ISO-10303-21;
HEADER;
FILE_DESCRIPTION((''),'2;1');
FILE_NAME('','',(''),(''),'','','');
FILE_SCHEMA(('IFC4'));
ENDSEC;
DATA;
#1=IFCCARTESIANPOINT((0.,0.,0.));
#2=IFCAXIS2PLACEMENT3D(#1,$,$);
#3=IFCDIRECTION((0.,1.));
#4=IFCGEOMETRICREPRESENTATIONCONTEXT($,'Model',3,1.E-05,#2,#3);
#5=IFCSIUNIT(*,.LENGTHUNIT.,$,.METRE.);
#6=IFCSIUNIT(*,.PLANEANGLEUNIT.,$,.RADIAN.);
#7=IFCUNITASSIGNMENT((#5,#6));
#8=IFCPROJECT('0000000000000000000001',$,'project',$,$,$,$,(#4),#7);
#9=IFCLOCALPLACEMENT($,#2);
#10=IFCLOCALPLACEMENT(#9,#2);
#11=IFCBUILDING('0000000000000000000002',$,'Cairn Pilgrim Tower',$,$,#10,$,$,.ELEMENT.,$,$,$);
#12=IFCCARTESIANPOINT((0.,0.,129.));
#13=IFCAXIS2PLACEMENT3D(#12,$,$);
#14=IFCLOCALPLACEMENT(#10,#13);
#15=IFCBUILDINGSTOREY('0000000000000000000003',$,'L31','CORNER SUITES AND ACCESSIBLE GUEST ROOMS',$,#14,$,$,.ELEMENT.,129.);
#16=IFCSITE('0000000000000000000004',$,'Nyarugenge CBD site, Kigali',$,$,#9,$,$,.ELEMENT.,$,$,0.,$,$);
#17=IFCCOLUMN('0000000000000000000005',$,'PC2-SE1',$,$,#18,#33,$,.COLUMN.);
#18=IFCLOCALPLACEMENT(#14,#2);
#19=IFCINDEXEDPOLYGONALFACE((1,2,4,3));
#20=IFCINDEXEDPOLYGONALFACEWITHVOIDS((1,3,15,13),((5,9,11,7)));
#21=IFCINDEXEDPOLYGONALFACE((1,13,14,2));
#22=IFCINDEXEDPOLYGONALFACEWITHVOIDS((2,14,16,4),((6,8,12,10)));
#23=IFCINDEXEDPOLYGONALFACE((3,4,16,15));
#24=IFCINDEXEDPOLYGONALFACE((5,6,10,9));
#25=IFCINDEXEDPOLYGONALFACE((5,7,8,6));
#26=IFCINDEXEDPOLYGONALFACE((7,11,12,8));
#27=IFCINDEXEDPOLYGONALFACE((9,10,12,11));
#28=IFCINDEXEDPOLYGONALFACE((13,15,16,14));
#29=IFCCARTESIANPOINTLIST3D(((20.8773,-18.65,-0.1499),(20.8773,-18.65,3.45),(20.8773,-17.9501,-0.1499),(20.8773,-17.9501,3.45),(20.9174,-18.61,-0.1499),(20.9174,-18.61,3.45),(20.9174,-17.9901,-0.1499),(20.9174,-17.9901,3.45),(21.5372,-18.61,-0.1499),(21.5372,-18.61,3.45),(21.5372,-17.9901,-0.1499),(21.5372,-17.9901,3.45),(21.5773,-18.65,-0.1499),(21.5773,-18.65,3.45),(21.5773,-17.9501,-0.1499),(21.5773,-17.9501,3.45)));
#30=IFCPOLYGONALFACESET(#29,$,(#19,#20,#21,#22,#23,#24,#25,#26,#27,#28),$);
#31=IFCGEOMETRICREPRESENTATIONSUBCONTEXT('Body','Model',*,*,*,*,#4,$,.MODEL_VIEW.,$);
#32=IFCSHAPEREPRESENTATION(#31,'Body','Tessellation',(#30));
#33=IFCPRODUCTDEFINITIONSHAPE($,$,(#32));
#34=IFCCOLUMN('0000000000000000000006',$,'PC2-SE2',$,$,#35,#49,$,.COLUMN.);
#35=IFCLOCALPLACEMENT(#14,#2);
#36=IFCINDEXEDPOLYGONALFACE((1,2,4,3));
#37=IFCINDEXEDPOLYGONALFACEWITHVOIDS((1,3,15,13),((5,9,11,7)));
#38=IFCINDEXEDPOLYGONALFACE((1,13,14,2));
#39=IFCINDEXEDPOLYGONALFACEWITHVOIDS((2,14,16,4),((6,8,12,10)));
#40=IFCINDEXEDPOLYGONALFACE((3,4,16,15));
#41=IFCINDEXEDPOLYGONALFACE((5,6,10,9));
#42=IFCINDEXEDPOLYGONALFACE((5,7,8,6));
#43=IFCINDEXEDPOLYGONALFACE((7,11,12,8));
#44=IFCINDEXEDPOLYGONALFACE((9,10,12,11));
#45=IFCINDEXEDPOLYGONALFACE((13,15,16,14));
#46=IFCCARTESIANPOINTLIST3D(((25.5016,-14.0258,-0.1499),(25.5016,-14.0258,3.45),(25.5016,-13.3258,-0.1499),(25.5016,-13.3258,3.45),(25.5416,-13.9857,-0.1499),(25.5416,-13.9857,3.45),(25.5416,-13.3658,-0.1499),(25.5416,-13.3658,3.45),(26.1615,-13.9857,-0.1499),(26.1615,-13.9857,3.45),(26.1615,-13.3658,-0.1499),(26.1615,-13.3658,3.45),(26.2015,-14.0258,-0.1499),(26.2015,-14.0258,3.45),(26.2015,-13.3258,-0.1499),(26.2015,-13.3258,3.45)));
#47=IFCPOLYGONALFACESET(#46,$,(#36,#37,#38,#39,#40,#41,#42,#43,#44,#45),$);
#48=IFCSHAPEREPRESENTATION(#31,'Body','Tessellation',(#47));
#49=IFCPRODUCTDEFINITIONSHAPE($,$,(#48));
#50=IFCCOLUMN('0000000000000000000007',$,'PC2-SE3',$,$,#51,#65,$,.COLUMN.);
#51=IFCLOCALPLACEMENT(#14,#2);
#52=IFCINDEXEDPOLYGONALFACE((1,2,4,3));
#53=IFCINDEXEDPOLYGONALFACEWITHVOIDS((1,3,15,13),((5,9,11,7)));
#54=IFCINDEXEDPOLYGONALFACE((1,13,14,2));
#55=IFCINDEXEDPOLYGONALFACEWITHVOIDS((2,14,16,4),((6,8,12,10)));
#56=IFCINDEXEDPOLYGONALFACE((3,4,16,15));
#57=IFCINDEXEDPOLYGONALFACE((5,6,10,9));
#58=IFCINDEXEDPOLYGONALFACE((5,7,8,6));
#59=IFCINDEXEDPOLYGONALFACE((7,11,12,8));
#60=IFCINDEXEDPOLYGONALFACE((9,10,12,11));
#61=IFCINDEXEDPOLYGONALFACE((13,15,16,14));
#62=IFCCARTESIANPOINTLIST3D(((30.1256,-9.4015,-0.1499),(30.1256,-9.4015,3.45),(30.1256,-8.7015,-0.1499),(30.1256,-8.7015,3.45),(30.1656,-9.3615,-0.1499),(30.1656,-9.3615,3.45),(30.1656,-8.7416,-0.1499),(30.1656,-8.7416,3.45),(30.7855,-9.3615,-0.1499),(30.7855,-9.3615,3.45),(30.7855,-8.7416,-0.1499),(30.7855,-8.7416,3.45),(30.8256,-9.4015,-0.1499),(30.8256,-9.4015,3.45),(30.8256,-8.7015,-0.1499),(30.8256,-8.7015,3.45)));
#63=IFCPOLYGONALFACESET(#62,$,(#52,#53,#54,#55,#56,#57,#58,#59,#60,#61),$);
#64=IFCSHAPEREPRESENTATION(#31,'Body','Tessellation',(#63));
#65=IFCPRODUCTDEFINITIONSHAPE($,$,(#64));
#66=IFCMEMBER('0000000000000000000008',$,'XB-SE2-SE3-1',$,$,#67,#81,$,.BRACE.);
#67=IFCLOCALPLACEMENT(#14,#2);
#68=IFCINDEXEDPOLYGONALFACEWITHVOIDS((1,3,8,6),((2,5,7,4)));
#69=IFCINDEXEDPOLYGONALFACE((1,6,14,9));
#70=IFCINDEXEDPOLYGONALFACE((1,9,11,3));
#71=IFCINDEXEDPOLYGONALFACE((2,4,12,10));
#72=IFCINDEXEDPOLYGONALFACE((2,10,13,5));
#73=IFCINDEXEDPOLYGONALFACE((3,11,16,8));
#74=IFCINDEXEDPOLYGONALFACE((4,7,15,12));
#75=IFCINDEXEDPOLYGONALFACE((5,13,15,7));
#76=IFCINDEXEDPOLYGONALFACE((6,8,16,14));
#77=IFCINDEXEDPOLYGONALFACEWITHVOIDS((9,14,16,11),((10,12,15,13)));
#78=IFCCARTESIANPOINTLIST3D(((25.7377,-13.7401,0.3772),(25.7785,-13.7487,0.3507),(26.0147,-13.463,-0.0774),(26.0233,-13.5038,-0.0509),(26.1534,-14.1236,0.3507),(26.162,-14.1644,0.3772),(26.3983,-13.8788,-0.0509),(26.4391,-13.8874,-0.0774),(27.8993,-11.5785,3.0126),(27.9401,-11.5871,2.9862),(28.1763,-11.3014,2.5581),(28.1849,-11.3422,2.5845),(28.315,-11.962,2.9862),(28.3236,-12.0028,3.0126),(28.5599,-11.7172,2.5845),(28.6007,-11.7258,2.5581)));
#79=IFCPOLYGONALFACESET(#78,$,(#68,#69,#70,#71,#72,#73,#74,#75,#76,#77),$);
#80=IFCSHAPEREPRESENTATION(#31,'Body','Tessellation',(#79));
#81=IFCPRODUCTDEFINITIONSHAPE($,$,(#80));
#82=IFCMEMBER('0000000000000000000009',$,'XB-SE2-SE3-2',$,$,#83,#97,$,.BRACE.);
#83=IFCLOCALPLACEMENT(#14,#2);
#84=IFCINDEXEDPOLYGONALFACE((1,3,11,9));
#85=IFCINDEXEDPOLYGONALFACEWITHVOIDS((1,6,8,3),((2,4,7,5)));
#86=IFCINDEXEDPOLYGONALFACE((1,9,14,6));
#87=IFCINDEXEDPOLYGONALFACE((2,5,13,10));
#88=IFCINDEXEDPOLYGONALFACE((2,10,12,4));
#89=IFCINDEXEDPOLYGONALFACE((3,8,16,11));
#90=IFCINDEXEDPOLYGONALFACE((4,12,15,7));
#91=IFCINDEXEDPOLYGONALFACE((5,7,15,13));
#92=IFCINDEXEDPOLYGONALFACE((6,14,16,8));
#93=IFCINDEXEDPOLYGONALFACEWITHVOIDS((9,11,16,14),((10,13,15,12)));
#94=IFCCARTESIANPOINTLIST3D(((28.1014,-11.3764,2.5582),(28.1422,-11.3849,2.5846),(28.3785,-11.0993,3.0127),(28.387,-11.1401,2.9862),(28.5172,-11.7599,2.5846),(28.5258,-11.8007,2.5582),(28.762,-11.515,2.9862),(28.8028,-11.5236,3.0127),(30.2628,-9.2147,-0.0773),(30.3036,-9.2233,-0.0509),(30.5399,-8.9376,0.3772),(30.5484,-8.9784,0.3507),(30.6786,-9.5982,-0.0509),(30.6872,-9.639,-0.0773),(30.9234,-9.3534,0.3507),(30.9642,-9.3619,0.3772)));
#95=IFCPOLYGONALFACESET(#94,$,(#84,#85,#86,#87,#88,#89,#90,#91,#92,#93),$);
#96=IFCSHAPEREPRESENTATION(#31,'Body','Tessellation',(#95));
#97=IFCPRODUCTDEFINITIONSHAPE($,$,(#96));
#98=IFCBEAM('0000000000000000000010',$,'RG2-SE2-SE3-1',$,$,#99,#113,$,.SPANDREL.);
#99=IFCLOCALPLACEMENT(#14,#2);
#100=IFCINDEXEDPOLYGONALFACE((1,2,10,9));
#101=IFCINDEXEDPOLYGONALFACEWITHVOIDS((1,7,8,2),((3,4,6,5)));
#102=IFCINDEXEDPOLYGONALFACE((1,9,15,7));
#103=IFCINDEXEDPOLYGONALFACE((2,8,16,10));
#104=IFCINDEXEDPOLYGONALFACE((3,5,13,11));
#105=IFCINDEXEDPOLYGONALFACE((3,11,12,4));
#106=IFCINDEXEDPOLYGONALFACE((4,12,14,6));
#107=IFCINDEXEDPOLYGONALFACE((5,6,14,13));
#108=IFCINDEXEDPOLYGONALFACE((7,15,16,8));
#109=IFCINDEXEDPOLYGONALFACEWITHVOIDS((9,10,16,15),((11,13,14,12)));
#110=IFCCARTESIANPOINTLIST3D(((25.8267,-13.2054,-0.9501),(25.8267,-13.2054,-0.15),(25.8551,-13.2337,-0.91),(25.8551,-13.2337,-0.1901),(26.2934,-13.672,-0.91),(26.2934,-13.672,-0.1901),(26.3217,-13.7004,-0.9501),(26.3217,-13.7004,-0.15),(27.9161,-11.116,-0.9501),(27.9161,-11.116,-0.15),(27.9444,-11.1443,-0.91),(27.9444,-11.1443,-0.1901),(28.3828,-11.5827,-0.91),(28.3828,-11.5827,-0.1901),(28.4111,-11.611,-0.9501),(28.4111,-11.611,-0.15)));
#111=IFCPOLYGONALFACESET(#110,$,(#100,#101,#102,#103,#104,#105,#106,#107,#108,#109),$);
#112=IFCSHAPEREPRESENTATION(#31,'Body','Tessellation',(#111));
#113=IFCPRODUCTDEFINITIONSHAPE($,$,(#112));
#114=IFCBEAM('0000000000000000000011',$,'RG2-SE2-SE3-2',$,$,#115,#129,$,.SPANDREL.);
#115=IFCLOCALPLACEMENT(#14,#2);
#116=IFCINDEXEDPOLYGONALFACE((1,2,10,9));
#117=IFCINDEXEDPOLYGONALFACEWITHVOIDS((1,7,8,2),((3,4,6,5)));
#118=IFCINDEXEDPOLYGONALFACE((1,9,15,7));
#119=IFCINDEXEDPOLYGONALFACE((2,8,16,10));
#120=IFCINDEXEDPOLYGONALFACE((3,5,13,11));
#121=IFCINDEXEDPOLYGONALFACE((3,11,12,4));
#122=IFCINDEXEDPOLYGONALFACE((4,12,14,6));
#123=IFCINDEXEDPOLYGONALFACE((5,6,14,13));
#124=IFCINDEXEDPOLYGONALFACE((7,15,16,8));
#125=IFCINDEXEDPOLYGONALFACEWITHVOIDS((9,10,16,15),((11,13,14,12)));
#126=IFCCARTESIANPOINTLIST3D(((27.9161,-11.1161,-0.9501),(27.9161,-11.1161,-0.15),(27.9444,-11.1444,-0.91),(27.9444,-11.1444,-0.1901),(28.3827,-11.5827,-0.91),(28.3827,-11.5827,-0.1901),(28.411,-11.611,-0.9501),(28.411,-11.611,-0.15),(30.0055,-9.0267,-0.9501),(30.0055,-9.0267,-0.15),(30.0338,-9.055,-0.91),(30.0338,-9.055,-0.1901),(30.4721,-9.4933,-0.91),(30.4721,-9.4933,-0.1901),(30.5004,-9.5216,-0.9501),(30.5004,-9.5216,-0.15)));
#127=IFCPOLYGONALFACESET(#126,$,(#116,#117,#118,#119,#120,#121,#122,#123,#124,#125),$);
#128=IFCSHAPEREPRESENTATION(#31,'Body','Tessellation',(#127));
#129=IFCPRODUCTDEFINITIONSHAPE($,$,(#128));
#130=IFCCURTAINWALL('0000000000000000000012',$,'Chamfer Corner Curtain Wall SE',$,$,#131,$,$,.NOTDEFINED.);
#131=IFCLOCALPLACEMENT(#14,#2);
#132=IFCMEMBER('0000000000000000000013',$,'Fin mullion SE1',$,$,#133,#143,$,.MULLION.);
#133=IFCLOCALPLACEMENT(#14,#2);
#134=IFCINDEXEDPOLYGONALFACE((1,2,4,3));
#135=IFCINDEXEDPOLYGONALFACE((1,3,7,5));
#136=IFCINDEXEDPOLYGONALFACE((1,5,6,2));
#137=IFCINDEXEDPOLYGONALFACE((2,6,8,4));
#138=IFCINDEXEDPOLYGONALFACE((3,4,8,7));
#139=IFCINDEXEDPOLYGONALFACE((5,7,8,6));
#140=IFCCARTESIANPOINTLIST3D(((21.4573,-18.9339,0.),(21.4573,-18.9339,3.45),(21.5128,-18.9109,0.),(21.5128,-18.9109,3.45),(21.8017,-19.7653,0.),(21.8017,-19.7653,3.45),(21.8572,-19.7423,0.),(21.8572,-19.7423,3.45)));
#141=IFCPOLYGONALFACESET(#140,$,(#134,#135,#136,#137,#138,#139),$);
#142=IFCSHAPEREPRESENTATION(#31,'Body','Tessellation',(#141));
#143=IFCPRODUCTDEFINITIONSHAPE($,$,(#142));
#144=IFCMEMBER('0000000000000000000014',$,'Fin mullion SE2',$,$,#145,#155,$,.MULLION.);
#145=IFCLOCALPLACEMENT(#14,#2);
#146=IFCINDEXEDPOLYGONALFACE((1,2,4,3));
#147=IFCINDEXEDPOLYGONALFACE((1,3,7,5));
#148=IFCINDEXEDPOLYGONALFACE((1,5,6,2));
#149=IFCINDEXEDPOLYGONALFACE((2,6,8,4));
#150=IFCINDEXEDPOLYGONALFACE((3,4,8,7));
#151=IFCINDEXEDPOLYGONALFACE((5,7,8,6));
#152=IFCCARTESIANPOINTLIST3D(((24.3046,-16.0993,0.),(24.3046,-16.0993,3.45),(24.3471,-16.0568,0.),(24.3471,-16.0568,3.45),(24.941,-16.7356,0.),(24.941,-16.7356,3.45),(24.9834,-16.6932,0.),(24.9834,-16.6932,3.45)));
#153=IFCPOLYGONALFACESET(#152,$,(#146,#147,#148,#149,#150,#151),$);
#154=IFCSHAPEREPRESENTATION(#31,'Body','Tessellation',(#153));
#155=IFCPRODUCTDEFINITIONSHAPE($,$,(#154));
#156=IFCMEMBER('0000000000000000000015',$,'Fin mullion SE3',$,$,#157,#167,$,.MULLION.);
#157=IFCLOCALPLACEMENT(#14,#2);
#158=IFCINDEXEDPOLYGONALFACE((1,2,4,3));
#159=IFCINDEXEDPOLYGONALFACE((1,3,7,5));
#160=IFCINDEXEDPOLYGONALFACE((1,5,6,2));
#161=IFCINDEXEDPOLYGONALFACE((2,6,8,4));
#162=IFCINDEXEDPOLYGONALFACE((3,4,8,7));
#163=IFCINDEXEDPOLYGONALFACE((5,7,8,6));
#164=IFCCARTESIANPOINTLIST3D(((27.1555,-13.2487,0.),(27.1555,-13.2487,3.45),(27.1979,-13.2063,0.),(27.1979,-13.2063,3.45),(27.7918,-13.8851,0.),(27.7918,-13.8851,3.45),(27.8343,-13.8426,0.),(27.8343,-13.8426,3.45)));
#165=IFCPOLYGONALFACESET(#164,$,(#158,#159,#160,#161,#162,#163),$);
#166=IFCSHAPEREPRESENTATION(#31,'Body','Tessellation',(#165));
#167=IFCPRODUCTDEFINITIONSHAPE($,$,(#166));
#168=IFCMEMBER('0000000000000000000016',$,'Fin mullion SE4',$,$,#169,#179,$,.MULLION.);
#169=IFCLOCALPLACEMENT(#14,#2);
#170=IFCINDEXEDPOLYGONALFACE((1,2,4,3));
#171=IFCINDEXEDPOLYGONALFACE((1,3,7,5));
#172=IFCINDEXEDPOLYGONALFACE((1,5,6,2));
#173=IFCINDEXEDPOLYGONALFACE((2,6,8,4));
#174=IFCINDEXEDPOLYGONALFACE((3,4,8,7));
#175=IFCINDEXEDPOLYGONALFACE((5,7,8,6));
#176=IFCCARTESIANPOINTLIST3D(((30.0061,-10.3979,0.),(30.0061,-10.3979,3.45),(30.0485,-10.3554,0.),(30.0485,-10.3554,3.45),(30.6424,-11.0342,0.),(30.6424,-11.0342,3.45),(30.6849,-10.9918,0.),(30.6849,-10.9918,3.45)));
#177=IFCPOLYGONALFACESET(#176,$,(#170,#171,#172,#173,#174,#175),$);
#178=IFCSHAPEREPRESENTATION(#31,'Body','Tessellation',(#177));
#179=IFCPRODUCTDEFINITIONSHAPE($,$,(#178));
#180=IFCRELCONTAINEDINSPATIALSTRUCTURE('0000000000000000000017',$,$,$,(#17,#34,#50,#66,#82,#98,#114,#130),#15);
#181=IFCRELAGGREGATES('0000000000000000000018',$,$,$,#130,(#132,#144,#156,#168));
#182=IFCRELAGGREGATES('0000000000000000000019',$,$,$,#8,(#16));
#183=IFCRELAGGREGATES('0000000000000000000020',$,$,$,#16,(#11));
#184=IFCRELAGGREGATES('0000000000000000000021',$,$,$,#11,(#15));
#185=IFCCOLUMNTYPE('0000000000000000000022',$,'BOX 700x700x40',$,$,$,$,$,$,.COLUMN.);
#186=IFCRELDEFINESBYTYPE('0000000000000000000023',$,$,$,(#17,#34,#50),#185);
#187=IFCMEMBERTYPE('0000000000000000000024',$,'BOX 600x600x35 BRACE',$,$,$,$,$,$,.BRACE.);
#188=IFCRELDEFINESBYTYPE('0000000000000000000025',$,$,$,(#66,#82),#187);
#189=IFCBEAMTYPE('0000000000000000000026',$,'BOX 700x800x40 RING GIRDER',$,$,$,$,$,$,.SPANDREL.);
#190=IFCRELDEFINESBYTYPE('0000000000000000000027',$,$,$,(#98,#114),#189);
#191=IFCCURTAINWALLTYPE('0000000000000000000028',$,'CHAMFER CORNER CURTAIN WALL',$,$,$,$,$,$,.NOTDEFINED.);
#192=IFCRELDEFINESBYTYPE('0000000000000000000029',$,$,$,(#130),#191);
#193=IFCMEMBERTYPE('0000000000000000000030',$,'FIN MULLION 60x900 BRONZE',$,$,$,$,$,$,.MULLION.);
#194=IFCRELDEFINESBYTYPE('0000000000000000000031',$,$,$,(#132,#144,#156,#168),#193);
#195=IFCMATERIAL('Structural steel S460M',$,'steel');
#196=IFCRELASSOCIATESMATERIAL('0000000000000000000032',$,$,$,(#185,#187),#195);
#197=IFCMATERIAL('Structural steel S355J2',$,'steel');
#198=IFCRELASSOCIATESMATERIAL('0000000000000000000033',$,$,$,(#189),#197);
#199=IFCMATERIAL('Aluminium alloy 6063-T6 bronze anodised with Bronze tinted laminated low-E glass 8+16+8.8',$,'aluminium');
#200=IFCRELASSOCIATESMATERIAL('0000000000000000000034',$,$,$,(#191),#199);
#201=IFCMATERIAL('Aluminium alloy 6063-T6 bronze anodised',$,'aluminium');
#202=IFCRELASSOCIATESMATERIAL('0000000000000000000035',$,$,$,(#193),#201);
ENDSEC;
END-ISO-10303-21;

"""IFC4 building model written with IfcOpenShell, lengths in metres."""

from ifc_helpers import new_model, si_unit, direction, frame, origin, origin_2d, place, context, subcontext, project, spatial, rectangle, hollow_rectangle, extrude, material, material_profile, profile_set, type_object, element, aggregate, save


model = new_model("IFC4")

# Units and contexts
model_context = context("Model", 3, precision=1e-05, world=origin(), true_north=direction((0.0, 1.0)))
body_context = subcontext(model_context, "Body", "Model", "MODEL_VIEW")
ifc_project = project(units=[si_unit("LENGTHUNIT", "METRE"), si_unit("PLANEANGLEUNIT", "RADIAN")], contexts=[model_context])

# Site, building, storey
site_placement = place(None, origin())
site = spatial("IfcSite", under=ifc_project, at=site_placement, Name="Nyarugenge CBD site, Kigali", CompositionType="ELEMENT", RefElevation=0.0)
building_placement = place(site_placement, origin())
building = spatial("IfcBuilding", under=site, at=building_placement, Name="Cairn Pilgrim Tower", CompositionType="ELEMENT")
storey_placement = place(building_placement, frame((0.0, 0.0, 129.0)))
storey = spatial("IfcBuildingStorey", under=building, at=storey_placement, Name="L31", Description="CORNER SUITES AND ACCESSIBLE GUEST ROOMS", CompositionType="ELEMENT", Elevation=129.0)

# Columns
ifc_material_1 = material(Name="Structural steel S460M", Category="steel")
ifc_material_profile_1 = material_profile(ifc_material_1, hollow_rectangle(XDim=0.7, YDim=0.7, WallThickness=0.04, at=origin_2d()), Name="BOX 700x700x40")
ifc_profile_set_1 = profile_set([ifc_material_profile_1], Name="Structural steel S460M")
column_type = type_object("IfcColumnType", Name="BOX 700x700x40", PredefinedType="COLUMN", material=ifc_profile_set_1)
for number, where, z_axis, x_axis, name in (
    (1, (21.2273, -18.3, -0.1499), (0.0, 0.0, 1.0), (1.0, 0.0, 0.0), "PC2-SE1"),
    (2, (25.8516, -13.6758, -0.1499), (0.0, 0.0, 1.0), (1.0, 0.0, 0.0), "PC2-SE2"),
    (3, (30.4756, -9.0515, -0.1499), (0.0, 0.0, 1.0), (1.0, 0.0, 0.0), "PC2-SE3"),
):
    element("IfcColumn", number, at=place(storey_placement, frame(where, z_axis=z_axis, x_axis=x_axis)), inside=storey, type_object=column_type, Name=name, PredefinedType="COLUMN", context=body_context, shape_type="SweptSolid", body=[
        extrude(hollow_rectangle(XDim=0.7, YDim=0.7, WallThickness=0.04, at=origin_2d()), origin(), (0.0, 0.0, 1.0), 3.5999),
    ])

# Members
ifc_material_profile_2 = material_profile(ifc_material_1, hollow_rectangle(XDim=0.6001, YDim=0.6001, WallThickness=0.0349, at=origin_2d()), Name="BOX 600x600x35")
ifc_profile_set_2 = profile_set([ifc_material_profile_2], Name="Structural steel S460M")
member_type_1 = type_object("IfcMemberType", Name="BOX 600x600x35 BRACE", PredefinedType="BRACE", material=ifc_profile_set_2)
for number, where, z_axis, x_axis, name in (
    (4, (26.0884, -13.8137, 0.1499), (0.535556, 0.535556, 0.652962), (-0.707107, 0.707107, 0.0), "XB-SE2-SE3-1"),
    (5, (30.6135, -9.2883, 0.1499), (-0.535513, -0.535573, 0.652983), (0.707147, -0.707067, 0.0), "XB-SE2-SE3-2"),
):
    element("IfcMember", number, at=place(storey_placement, frame(where, z_axis=z_axis, x_axis=x_axis)), inside=storey, type_object=member_type_1, Name=name, PredefinedType="BRACE", context=body_context, shape_type="SweptSolid", body=[
        extrude(hollow_rectangle(XDim=0.6001, YDim=0.6001, WallThickness=0.0349, at=origin_2d()), origin(), (0.0, 0.0, 1.0), 4.0361),
    ])

# Beams
ifc_material_2 = material(Name="Structural steel S355J2", Category="steel")
ifc_material_profile_3 = material_profile(ifc_material_2, hollow_rectangle(XDim=0.7, YDim=0.8, WallThickness=0.04, at=origin_2d()), Name="BOX 700x800x40")
ifc_profile_set_3 = profile_set([ifc_material_profile_3], Name="Structural steel S355J2")
beam_type_1 = type_object("IfcBeamType", Name="BOX 700x800x40 RING GIRDER", PredefinedType="SPANDREL", material=ifc_profile_set_3)
for number, where, z_axis, x_axis, name in (
    (6, (26.0742, -13.4529, -0.55), (0.707107, 0.707107, 0.0), (-0.707107, 0.707107, 0.0), "RG2-SE2-SE3-1"),
    (7, (28.1636, -11.3635, -0.55), (0.707107, 0.707107, 0.0), (-0.707107, 0.707107, 0.0), "RG2-SE2-SE3-2"),
):
    element("IfcBeam", number, at=place(storey_placement, frame(where, z_axis=z_axis, x_axis=x_axis)), inside=storey, type_object=beam_type_1, Name=name, PredefinedType="SPANDREL", context=body_context, shape_type="SweptSolid", body=[
        extrude(hollow_rectangle(XDim=0.7, YDim=0.8, WallThickness=0.04, at=origin_2d()), origin(), (0.0, 0.0, 1.0), 2.9548),
    ])

# Curtain wall, members
ifc_material_3 = material(Name="Aluminium alloy 6063-T6 bronze anodised with Bronze tinted laminated low-E glass 8+16+8.8", Category="aluminium")
curtain_wall_type = type_object("IfcCurtainWallType", Name="CHAMFER CORNER CURTAIN WALL", PredefinedType="NOTDEFINED", material=ifc_material_3)
curtain_wall_placement = place(storey_placement, origin())
curtain_wall = element("IfcCurtainWall", 8, at=curtain_wall_placement, inside=storey, type_object=curtain_wall_type, Name="Chamfer Corner Curtain Wall SE", PredefinedType="NOTDEFINED")
ifc_material_4 = material(Name="Aluminium alloy 6063-T6 bronze anodised", Category="aluminium")
ifc_material_profile_4 = material_profile(ifc_material_4, rectangle(XDim=0.8999, YDim=0.0601, at=origin_2d()), Name="FIN MULLION 60x900 BRONZE")
ifc_profile_set_4 = profile_set([ifc_material_profile_4], Name="Aluminium alloy 6063-T6 bronze anodised")
member_type_2 = type_object("IfcMemberType", Name="FIN MULLION 60x900 BRONZE", PredefinedType="MULLION", material=ifc_profile_set_4)
member_1_placement = place(storey_placement, frame((21.6572, -19.3381, 0.0), z_axis=(0.0, 0.0, 1.0), x_axis=(0.382683, -0.92388, 0.0)))
member_1 = element("IfcMember", 9, at=member_1_placement, type_object=member_type_2, Name="Fin mullion SE1", PredefinedType="MULLION", context=body_context, shape_type="SweptSolid", body=[
    extrude(rectangle(XDim=0.8999, YDim=0.0601, at=origin_2d()), origin(), (0.0, 0.0, 1.0), 3.45),
])
member_2_placement = place(storey_placement, frame((24.644, -16.3962, 0.0), z_axis=(0.0, 0.0, 1.0), x_axis=(0.707107, -0.707107, 0.0)))
member_2 = element("IfcMember", 10, at=member_2_placement, type_object=member_type_2, Name="Fin mullion SE2", PredefinedType="MULLION", context=body_context, shape_type="SweptSolid", body=[
    extrude(rectangle(XDim=0.8999, YDim=0.0601, at=origin_2d()), origin(), (0.0, 0.0, 1.0), 3.45),
])
member_3_placement = place(storey_placement, frame((27.4949, -13.5457, 0.0), z_axis=(0.0, 0.0, 1.0), x_axis=(0.707107, -0.707107, 0.0)))
member_3 = element("IfcMember", 11, at=member_3_placement, type_object=member_type_2, Name="Fin mullion SE3", PredefinedType="MULLION", context=body_context, shape_type="SweptSolid", body=[
    extrude(rectangle(XDim=0.8999, YDim=0.0601, at=origin_2d()), origin(), (0.0, 0.0, 1.0), 3.45),
])
member_4_placement = place(storey_placement, frame((30.3455, -10.6948, 0.0), z_axis=(0.0, 0.0, 1.0), x_axis=(0.707107, -0.707107, 0.0)))
member_4 = element("IfcMember", 12, at=member_4_placement, type_object=member_type_2, Name="Fin mullion SE4", PredefinedType="MULLION", context=body_context, shape_type="SweptSolid", body=[
    extrude(rectangle(XDim=0.8999, YDim=0.0601, at=origin_2d()), origin(), (0.0, 0.0, 1.0), 3.45),
])

aggregate(curtain_wall, [member_1, member_2, member_3, member_4])

save(model, "model.ifc")
